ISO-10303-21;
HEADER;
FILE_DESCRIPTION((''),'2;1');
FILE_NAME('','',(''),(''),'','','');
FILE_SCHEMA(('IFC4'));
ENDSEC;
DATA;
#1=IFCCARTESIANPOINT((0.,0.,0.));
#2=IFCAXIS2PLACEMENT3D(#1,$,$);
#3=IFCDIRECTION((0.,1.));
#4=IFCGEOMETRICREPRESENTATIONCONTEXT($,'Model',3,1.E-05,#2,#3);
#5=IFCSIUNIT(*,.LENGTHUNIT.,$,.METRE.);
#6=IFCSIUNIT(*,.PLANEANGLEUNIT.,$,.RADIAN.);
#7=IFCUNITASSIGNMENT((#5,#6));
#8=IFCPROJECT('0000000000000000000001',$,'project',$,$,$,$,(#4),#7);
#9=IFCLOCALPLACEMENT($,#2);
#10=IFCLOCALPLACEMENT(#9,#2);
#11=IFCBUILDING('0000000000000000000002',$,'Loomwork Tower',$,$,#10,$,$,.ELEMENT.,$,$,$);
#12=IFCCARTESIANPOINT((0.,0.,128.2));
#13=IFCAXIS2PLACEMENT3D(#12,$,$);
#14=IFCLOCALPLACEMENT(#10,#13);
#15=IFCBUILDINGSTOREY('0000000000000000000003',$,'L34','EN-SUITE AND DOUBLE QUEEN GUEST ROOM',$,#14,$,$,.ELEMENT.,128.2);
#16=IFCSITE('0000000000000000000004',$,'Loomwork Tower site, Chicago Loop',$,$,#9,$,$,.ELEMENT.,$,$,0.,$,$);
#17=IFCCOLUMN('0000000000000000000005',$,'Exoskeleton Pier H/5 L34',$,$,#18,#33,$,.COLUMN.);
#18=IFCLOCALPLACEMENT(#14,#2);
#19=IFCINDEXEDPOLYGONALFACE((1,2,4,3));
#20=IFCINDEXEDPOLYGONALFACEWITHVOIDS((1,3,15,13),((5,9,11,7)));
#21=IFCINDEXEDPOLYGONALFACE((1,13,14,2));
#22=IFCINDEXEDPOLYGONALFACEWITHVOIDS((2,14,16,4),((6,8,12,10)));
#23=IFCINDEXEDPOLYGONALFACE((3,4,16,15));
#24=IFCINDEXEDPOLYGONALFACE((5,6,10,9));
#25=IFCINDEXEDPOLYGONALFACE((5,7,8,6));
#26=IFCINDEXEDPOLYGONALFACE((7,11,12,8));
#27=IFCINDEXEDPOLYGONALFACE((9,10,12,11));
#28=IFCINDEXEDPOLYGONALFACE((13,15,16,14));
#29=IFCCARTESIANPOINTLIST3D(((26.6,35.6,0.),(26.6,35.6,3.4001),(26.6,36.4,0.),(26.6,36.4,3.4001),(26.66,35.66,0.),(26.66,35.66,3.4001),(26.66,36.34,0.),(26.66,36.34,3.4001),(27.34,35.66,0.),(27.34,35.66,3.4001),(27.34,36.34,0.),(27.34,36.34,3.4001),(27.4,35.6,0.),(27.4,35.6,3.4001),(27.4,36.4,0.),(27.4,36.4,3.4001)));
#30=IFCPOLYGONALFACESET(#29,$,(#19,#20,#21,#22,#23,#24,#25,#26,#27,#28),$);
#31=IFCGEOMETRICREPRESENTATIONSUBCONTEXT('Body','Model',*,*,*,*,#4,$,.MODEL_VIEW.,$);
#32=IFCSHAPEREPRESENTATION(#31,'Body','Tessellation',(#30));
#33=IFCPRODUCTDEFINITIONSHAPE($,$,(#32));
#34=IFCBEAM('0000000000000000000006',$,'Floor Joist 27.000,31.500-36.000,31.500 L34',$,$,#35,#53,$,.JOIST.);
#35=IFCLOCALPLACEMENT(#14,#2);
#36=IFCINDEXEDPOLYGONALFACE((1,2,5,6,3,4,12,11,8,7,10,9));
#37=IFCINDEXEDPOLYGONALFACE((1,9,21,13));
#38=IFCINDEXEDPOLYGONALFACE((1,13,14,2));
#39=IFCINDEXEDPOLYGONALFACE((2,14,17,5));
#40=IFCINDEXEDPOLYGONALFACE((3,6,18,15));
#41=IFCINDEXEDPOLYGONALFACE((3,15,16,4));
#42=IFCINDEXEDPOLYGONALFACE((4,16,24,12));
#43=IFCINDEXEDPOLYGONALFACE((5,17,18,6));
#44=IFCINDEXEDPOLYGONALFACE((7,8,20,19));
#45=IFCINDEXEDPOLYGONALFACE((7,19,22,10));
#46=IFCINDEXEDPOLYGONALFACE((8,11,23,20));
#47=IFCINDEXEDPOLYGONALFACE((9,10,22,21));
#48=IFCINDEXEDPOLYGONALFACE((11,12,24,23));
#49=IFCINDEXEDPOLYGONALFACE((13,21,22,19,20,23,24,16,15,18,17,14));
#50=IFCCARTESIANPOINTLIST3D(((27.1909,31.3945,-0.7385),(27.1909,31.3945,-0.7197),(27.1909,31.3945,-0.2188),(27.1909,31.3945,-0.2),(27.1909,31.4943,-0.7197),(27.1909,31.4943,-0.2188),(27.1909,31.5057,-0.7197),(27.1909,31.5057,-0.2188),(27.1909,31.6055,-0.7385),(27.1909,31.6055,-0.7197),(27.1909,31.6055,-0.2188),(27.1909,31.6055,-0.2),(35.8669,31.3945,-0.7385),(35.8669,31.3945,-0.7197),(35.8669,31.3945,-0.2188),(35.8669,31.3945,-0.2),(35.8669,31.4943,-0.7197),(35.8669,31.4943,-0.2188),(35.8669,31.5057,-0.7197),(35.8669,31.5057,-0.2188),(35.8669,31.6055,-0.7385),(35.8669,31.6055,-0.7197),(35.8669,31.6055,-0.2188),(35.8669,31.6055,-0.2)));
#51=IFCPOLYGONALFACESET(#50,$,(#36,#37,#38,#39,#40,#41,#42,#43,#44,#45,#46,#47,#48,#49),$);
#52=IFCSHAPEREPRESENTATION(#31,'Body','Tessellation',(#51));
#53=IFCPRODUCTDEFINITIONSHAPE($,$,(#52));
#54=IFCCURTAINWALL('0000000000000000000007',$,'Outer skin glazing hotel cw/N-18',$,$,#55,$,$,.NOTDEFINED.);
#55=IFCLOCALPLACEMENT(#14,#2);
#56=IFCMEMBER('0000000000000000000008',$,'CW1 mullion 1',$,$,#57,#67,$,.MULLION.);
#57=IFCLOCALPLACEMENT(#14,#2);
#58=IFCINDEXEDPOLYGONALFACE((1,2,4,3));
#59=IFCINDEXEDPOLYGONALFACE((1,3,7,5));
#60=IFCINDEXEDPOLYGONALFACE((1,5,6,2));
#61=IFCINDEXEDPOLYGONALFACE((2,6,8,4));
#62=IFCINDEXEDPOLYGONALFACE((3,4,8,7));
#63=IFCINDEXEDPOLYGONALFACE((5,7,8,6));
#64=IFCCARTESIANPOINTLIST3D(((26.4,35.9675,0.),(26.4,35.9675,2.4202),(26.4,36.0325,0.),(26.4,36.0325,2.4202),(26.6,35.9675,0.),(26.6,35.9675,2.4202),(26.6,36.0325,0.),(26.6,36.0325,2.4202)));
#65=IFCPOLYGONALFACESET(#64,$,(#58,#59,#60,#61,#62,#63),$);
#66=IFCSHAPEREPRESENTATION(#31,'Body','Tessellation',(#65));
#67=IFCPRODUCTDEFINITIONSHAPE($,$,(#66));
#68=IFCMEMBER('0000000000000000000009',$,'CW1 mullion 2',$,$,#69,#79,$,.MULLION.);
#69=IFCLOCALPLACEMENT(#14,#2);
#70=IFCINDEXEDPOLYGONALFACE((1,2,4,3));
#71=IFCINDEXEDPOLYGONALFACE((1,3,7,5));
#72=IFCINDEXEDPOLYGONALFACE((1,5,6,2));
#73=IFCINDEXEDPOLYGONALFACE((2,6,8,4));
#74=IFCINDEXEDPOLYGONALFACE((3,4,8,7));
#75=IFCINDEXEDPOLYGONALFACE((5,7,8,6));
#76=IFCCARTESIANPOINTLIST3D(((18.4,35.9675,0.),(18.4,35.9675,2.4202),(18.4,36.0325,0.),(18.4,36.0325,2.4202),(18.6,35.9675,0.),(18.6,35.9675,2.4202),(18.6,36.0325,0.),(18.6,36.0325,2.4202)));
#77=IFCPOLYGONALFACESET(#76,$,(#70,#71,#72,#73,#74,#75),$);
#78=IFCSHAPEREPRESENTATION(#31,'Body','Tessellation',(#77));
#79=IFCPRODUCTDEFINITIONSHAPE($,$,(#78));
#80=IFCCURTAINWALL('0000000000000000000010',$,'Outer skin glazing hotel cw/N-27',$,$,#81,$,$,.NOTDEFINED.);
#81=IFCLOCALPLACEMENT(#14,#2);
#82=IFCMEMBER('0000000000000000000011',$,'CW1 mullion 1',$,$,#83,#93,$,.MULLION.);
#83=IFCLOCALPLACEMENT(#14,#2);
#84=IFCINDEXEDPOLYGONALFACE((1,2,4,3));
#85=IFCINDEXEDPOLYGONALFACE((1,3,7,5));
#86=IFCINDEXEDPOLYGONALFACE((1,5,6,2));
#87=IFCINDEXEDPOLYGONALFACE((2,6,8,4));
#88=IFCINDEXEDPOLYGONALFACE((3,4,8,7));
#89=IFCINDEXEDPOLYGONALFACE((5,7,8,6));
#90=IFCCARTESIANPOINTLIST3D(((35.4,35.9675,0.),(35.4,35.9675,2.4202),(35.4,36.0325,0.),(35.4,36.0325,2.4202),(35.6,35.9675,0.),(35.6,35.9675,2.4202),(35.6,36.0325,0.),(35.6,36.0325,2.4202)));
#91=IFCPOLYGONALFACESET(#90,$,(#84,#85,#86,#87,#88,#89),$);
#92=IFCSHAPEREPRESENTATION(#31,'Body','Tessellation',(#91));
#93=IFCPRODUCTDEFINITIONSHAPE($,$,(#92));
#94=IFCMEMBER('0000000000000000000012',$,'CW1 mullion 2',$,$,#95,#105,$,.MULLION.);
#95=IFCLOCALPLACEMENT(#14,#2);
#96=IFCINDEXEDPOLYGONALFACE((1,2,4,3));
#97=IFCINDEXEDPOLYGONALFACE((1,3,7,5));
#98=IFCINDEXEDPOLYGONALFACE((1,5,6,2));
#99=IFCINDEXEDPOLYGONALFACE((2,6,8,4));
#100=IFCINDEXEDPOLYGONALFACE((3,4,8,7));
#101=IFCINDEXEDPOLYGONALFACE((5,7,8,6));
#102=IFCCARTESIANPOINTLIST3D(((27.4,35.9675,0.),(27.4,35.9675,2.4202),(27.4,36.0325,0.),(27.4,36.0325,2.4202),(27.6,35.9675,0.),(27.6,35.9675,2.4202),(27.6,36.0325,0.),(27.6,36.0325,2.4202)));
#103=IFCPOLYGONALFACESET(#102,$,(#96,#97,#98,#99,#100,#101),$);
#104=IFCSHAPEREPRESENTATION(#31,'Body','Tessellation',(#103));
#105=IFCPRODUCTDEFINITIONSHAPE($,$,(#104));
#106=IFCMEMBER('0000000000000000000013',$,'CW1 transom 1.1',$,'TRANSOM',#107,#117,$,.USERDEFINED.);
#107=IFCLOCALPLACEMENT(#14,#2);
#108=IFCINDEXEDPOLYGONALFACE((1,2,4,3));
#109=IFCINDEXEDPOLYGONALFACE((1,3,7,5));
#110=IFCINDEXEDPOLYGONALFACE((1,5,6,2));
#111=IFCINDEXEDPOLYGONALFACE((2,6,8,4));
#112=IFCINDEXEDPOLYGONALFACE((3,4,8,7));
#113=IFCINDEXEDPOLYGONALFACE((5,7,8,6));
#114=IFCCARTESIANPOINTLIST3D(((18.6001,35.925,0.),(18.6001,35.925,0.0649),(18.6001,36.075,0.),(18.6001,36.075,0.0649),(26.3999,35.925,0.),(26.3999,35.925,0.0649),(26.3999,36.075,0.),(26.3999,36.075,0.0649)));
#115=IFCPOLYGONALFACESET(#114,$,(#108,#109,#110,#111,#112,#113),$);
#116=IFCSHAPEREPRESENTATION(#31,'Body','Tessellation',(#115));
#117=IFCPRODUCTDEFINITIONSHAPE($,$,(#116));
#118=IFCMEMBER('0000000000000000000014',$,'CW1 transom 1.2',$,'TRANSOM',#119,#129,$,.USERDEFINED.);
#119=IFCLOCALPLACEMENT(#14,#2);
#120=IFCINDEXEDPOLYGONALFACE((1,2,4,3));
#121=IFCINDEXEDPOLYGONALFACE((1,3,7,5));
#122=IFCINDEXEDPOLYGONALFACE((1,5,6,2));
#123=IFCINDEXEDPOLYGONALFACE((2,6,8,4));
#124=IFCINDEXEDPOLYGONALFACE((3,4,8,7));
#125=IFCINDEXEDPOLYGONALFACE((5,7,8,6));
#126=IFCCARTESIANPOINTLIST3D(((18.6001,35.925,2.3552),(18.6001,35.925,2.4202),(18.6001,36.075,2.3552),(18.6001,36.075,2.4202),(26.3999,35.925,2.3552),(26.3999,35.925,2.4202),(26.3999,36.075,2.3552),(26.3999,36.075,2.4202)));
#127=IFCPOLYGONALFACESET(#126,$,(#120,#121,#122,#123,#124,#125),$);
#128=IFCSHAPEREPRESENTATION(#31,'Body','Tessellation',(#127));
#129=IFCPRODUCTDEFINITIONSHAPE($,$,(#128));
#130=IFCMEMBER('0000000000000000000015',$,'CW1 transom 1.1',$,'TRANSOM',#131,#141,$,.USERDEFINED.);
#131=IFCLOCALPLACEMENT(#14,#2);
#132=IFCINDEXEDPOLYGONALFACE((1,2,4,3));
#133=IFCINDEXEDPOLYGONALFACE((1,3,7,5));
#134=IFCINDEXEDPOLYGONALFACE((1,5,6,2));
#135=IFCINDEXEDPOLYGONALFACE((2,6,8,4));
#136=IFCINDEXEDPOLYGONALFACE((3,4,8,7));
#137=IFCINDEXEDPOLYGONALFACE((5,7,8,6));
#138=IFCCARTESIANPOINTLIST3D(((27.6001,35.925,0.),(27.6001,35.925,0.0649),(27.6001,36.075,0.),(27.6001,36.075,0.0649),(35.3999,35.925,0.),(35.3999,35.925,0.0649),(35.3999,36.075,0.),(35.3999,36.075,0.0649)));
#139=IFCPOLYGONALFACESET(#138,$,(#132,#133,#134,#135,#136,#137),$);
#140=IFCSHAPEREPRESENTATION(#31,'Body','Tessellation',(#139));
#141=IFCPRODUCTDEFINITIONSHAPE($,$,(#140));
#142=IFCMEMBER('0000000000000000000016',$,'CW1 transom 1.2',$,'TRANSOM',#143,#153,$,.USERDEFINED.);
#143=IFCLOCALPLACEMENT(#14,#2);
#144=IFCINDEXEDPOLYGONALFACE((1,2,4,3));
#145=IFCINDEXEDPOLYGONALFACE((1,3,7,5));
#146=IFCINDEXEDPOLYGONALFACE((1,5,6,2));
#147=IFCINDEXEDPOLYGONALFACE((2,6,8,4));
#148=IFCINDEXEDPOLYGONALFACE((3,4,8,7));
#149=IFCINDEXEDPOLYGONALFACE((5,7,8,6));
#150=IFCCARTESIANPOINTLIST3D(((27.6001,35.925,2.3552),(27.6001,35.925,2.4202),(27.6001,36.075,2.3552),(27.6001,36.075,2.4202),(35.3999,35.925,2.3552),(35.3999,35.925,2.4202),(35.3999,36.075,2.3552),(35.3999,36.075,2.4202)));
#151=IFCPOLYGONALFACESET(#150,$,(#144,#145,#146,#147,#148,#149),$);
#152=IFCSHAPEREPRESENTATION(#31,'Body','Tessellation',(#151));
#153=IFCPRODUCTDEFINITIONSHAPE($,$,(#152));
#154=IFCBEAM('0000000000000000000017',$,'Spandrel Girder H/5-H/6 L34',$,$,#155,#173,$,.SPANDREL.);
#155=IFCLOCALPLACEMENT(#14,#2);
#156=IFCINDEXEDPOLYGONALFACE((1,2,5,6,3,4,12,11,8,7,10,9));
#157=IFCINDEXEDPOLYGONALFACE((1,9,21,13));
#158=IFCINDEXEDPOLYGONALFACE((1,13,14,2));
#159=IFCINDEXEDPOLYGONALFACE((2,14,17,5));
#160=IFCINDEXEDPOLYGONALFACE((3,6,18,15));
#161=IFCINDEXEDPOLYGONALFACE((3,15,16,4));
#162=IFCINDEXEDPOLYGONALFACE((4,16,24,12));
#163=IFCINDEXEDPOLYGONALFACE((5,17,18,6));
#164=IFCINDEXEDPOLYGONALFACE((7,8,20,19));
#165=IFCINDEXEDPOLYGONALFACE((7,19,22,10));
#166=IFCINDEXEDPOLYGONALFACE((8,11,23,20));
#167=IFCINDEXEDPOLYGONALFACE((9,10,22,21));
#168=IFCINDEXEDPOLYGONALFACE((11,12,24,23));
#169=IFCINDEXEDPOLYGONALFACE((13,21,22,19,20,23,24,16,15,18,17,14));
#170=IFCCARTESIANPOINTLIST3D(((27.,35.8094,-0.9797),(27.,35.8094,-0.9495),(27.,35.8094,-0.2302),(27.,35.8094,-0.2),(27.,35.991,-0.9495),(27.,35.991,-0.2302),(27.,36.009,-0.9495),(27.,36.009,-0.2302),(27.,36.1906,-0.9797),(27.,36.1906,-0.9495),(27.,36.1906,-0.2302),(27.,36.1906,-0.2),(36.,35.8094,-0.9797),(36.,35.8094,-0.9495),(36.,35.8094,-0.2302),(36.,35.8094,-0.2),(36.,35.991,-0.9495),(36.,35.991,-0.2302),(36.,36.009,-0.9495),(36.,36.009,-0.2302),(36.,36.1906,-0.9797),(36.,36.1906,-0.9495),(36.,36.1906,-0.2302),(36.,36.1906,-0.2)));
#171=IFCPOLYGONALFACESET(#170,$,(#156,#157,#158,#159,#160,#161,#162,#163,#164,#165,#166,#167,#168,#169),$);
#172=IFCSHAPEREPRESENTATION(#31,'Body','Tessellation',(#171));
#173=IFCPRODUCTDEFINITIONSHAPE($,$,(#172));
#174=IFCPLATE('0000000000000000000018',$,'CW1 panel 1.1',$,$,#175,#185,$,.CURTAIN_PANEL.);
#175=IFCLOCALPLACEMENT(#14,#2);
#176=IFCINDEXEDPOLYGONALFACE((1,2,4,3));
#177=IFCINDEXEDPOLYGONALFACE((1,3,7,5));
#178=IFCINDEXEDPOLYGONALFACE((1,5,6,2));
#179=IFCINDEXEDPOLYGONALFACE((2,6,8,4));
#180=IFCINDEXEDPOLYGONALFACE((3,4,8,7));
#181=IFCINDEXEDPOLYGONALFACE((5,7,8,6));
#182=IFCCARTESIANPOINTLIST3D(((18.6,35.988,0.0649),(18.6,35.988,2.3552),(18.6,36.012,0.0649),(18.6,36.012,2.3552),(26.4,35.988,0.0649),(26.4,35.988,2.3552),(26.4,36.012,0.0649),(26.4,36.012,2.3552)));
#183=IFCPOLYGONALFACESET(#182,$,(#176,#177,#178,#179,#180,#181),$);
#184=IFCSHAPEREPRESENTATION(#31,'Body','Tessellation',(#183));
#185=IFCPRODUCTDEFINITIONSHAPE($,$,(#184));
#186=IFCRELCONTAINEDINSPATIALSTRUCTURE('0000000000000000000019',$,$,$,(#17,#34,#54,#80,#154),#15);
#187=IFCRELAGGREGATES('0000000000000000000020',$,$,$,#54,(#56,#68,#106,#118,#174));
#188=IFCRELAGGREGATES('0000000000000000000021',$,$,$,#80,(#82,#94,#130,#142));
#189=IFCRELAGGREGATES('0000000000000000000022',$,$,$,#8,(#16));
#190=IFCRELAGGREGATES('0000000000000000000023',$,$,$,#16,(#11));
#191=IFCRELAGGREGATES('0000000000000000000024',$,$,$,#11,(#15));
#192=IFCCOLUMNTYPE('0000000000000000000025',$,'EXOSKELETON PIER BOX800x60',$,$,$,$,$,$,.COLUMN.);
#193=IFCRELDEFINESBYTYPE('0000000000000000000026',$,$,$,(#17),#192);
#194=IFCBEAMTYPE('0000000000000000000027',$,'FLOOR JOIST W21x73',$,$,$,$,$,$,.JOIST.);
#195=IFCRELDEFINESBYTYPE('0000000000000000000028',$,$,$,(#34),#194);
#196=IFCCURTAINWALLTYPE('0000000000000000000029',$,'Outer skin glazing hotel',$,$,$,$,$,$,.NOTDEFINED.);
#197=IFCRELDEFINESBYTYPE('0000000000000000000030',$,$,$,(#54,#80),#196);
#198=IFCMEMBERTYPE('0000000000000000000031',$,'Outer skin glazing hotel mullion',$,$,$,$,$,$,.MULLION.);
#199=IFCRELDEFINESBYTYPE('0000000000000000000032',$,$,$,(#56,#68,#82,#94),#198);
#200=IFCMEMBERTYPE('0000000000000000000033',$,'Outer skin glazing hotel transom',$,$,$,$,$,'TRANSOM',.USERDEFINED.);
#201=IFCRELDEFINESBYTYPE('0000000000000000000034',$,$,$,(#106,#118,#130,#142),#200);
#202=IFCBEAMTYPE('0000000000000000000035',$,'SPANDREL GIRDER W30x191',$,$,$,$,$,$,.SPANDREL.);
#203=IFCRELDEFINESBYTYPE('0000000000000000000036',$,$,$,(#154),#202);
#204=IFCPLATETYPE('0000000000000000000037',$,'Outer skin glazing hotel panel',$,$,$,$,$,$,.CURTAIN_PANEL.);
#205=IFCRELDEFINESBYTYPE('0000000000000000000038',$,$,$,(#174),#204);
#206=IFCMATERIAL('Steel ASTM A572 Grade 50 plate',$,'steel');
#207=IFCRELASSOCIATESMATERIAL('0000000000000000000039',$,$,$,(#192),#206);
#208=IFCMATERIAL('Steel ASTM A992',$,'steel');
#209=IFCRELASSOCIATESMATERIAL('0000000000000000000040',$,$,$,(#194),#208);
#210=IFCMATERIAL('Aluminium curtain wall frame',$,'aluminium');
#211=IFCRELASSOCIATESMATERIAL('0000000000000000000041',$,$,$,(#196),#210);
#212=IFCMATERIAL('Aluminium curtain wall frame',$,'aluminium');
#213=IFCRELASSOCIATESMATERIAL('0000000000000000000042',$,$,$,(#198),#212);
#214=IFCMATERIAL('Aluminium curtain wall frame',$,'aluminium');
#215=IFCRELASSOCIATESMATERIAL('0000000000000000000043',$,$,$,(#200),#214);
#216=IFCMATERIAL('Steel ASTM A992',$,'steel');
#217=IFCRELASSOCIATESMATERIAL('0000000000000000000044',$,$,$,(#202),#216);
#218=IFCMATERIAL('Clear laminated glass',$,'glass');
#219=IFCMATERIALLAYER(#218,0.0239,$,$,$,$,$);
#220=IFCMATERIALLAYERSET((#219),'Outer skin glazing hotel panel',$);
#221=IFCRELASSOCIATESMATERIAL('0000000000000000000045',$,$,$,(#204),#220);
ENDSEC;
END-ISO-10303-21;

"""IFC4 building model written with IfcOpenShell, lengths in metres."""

from ifc_helpers import new_model, si_unit, direction, frame, origin, origin_2d, place, context, subcontext, project, spatial, rectangle, hollow_rectangle, i_section, extrude, material, layer, layer_set, material_profile, profile_set, type_object, element, aggregate, save


model = new_model("IFC4")

# Units and contexts
model_context = context("Model", 3, precision=1e-05, world=origin(), true_north=direction((0.0, 1.0)))
body_context = subcontext(model_context, "Body", "Model", "MODEL_VIEW")
ifc_project = project(units=[si_unit("LENGTHUNIT", "METRE"), si_unit("PLANEANGLEUNIT", "RADIAN")], contexts=[model_context])

# Site, building, storey
site_placement = place(None, origin())
site = spatial("IfcSite", under=ifc_project, at=site_placement, Name="Loomwork Tower site, Chicago Loop", CompositionType="ELEMENT", RefElevation=0.0)
building_placement = place(site_placement, origin())
building = spatial("IfcBuilding", under=site, at=building_placement, Name="Loomwork Tower", CompositionType="ELEMENT")
storey_placement = place(building_placement, frame((0.0, 0.0, 128.2)))
storey = spatial("IfcBuildingStorey", under=building, at=storey_placement, Name="L34", Description="EN-SUITE AND DOUBLE QUEEN GUEST ROOM", CompositionType="ELEMENT", Elevation=128.2)

# Column
ifc_material_1 = material(Name="Steel ASTM A572 Grade 50 plate", Category="steel")
ifc_material_profile_1 = material_profile(ifc_material_1, hollow_rectangle(XDim=0.8, YDim=0.8, WallThickness=0.0601, at=origin_2d()), Name="BOX800x60")
ifc_profile_set_1 = profile_set([ifc_material_profile_1], Name="Steel ASTM A572 Grade 50 plate")
column_type = type_object("IfcColumnType", Name="EXOSKELETON PIER BOX800x60", PredefinedType="COLUMN", material=ifc_profile_set_1)
column_placement = place(storey_placement, frame((27.0, 36.0, 0.0), z_axis=(0.0, 0.0, 1.0), x_axis=(1.0, 0.0, 0.0)))
element("IfcColumn", 1, at=column_placement, inside=storey, type_object=column_type, Name="Exoskeleton Pier H/5 L34", PredefinedType="COLUMN", context=body_context, shape_type="SweptSolid", body=[
    extrude(hollow_rectangle(XDim=0.8, YDim=0.8, WallThickness=0.0601, at=origin_2d()), origin(), (0.0, 0.0, 1.0), 3.4001),
])

# Beam
ifc_material_2 = material(Name="Steel ASTM A992", Category="steel")
ifc_material_profile_2 = material_profile(ifc_material_2, i_section(OverallWidth=0.2109, OverallDepth=0.5386, WebThickness=0.0115, FlangeThickness=0.0188, at=origin_2d()), Name="W21x73")
ifc_profile_set_2 = profile_set([ifc_material_profile_2], Name="Steel ASTM A992")
beam_type_1 = type_object("IfcBeamType", Name="FLOOR JOIST W21x73", PredefinedType="JOIST", material=ifc_profile_set_2)
beam_1_placement = place(storey_placement, frame((27.1909, 31.5, -0.4692), z_axis=(1.0, 0.0, 0.0), x_axis=(0.0, 1.0, 0.0)))
element("IfcBeam", 2, at=beam_1_placement, inside=storey, type_object=beam_type_1, Name="Floor Joist 27.000,31.500-36.000,31.500 L34", PredefinedType="JOIST", context=body_context, shape_type="SweptSolid", body=[
    extrude(i_section(OverallWidth=0.2109, OverallDepth=0.5386, WebThickness=0.0115, FlangeThickness=0.0188, at=origin_2d()), origin(), (0.0, 0.0, 1.0), 8.676),
])

# Curtain walls, members
ifc_material_3 = material(Name="Aluminium curtain wall frame", Category="aluminium")
curtain_wall_type = type_object("IfcCurtainWallType", Name="Outer skin glazing hotel", PredefinedType="NOTDEFINED", material=ifc_material_3)
curtain_wall_1_placement = place(storey_placement, origin())
curtain_wall_1 = element("IfcCurtainWall", 3, at=curtain_wall_1_placement, inside=storey, type_object=curtain_wall_type, Name="Outer skin glazing hotel cw/N-18", PredefinedType="NOTDEFINED")
ifc_material_4 = material(Name="Aluminium curtain wall frame", Category="aluminium")
ifc_material_profile_3 = material_profile(ifc_material_4, rectangle(XDim=0.0649, YDim=0.2, at=origin_2d()), Name="AL 65x200")
ifc_profile_set_3 = profile_set([ifc_material_profile_3], Name="Aluminium curtain wall frame")
member_type_1 = type_object("IfcMemberType", Name="Outer skin glazing hotel mullion", PredefinedType="MULLION", material=ifc_profile_set_3)
member_1_placement = place(storey_placement, frame((26.5, 36.0, 0.0), z_axis=(0.0, 0.0, 1.0), x_axis=(0.0, -1.0, 0.0)))
member_1 = element("IfcMember", 4, at=member_1_placement, type_object=member_type_1, Name="CW1 mullion 1", PredefinedType="MULLION", context=body_context, shape_type="SweptSolid", body=[
    extrude(rectangle(XDim=0.0649, YDim=0.2, at=origin_2d()), origin(), (0.0, 0.0, 1.0), 2.4202),
])
member_2_placement = place(storey_placement, frame((18.5, 36.0, 0.0), z_axis=(0.0, 0.0, 1.0), x_axis=(0.0, -1.0, 0.0)))
member_2 = element("IfcMember", 5, at=member_2_placement, type_object=member_type_1, Name="CW1 mullion 2", PredefinedType="MULLION", context=body_context, shape_type="SweptSolid", body=[
    extrude(rectangle(XDim=0.0649, YDim=0.2, at=origin_2d()), origin(), (0.0, 0.0, 1.0), 2.4202),
])
curtain_wall_2_placement = place(storey_placement, origin())
curtain_wall_2 = element("IfcCurtainWall", 6, at=curtain_wall_2_placement, inside=storey, type_object=curtain_wall_type, Name="Outer skin glazing hotel cw/N-27", PredefinedType="NOTDEFINED")
member_3_placement = place(storey_placement, frame((35.5, 36.0, 0.0), z_axis=(0.0, 0.0, 1.0), x_axis=(0.0, -1.0, 0.0)))
member_3 = element("IfcMember", 7, at=member_3_placement, type_object=member_type_1, Name="CW1 mullion 1", PredefinedType="MULLION", context=body_context, shape_type="SweptSolid", body=[
    extrude(rectangle(XDim=0.0649, YDim=0.2, at=origin_2d()), origin(), (0.0, 0.0, 1.0), 2.4202),
])
member_4_placement = place(storey_placement, frame((27.5, 36.0, 0.0), z_axis=(0.0, 0.0, 1.0), x_axis=(0.0, -1.0, 0.0)))
member_4 = element("IfcMember", 8, at=member_4_placement, type_object=member_type_1, Name="CW1 mullion 2", PredefinedType="MULLION", context=body_context, shape_type="SweptSolid", body=[
    extrude(rectangle(XDim=0.0649, YDim=0.2, at=origin_2d()), origin(), (0.0, 0.0, 1.0), 2.4202),
])

# Members
ifc_material_5 = material(Name="Aluminium curtain wall frame", Category="aluminium")
ifc_material_profile_4 = material_profile(ifc_material_5, rectangle(XDim=0.1499, YDim=0.0649, at=origin_2d()), Name="AL 65x150")
ifc_profile_set_4 = profile_set([ifc_material_profile_4], Name="Aluminium curtain wall frame")
member_type_2 = type_object("IfcMemberType", Name="Outer skin glazing hotel transom", ElementType="TRANSOM", PredefinedType="USERDEFINED", material=ifc_profile_set_4)
member_5_placement = place(storey_placement, frame((26.3999, 36.0, 0.0325), z_axis=(-1.0, 0.0, 0.0), x_axis=(0.0, -1.0, 0.0)))
member_5 = element("IfcMember", 9, at=member_5_placement, type_object=member_type_2, Name="CW1 transom 1.1", ObjectType="TRANSOM", PredefinedType="USERDEFINED", context=body_context, shape_type="SweptSolid", body=[
    extrude(rectangle(XDim=0.1499, YDim=0.0649, at=origin_2d()), origin(), (0.0, 0.0, 1.0), 7.7998),
])
member_6_placement = place(storey_placement, frame((26.3999, 36.0, 2.3877), z_axis=(-1.0, 0.0, 0.0), x_axis=(0.0, -1.0, 0.0)))
member_6 = element("IfcMember", 10, at=member_6_placement, type_object=member_type_2, Name="CW1 transom 1.2", ObjectType="TRANSOM", PredefinedType="USERDEFINED", context=body_context, shape_type="SweptSolid", body=[
    extrude(rectangle(XDim=0.1499, YDim=0.0649, at=origin_2d()), origin(), (0.0, 0.0, 1.0), 7.7998),
])
member_7_placement = place(storey_placement, frame((35.3999, 36.0, 0.0325), z_axis=(-1.0, 0.0, 0.0), x_axis=(0.0, -1.0, 0.0)))
member_7 = element("IfcMember", 11, at=member_7_placement, type_object=member_type_2, Name="CW1 transom 1.1", ObjectType="TRANSOM", PredefinedType="USERDEFINED", context=body_context, shape_type="SweptSolid", body=[
    extrude(rectangle(XDim=0.1499, YDim=0.0649, at=origin_2d()), origin(), (0.0, 0.0, 1.0), 7.7998),
])
member_8_placement = place(storey_placement, frame((35.3999, 36.0, 2.3877), z_axis=(-1.0, 0.0, 0.0), x_axis=(0.0, -1.0, 0.0)))
member_8 = element("IfcMember", 12, at=member_8_placement, type_object=member_type_2, Name="CW1 transom 1.2", ObjectType="TRANSOM", PredefinedType="USERDEFINED", context=body_context, shape_type="SweptSolid", body=[
    extrude(rectangle(XDim=0.1499, YDim=0.0649, at=origin_2d()), origin(), (0.0, 0.0, 1.0), 7.7998),
])

# Beam
ifc_material_6 = material(Name="Steel ASTM A992", Category="steel")
ifc_material_profile_5 = material_profile(ifc_material_6, i_section(OverallWidth=0.3811, OverallDepth=0.7798, WebThickness=0.0181, FlangeThickness=0.0303, at=origin_2d()), Name="W30x191")
ifc_profile_set_5 = profile_set([ifc_material_profile_5], Name="Steel ASTM A992")
beam_type_2 = type_object("IfcBeamType", Name="SPANDREL GIRDER W30x191", PredefinedType="SPANDREL", material=ifc_profile_set_5)
beam_2_placement = place(storey_placement, frame((27.0, 36.0, -0.5898), z_axis=(1.0, 0.0, 0.0), x_axis=(0.0, 1.0, 0.0)))
element("IfcBeam", 13, at=beam_2_placement, inside=storey, type_object=beam_type_2, Name="Spandrel Girder H/5-H/6 L34", PredefinedType="SPANDREL", context=body_context, shape_type="SweptSolid", body=[
    extrude(i_section(OverallWidth=0.3811, OverallDepth=0.7798, WebThickness=0.0181, FlangeThickness=0.0303, at=origin_2d()), origin(), (0.0, 0.0, 1.0), 9.0),
])

# Plate
ifc_material_7 = material(Name="Clear laminated glass", Category="glass")
ifc_layer_1 = layer(ifc_material_7, 0.0239)
ifc_layer_set_1 = layer_set([ifc_layer_1], Name="Outer skin glazing hotel panel")
plate_type = type_object("IfcPlateType", Name="Outer skin glazing hotel panel", PredefinedType="CURTAIN_PANEL", material=ifc_layer_set_1)
plate_1_placement = place(storey_placement, frame((22.5, 36.0, 0.0649), z_axis=(0.0, 0.0, 1.0), x_axis=(-1.0, 0.0, 0.0)))
plate_1 = element("IfcPlate", 14, at=plate_1_placement, type_object=plate_type, Name="CW1 panel 1.1", PredefinedType="CURTAIN_PANEL", context=body_context, shape_type="SweptSolid", body=[
    extrude(rectangle(XDim=7.8, YDim=0.0239, at=origin_2d()), origin(), (0.0, 0.0, 1.0), 2.2903),
])
aggregate(curtain_wall_1, [member_1, member_2, member_5, member_6, plate_1])
aggregate(curtain_wall_2, [member_3, member_4, member_7, member_8])

save(model, "model.ifc")
